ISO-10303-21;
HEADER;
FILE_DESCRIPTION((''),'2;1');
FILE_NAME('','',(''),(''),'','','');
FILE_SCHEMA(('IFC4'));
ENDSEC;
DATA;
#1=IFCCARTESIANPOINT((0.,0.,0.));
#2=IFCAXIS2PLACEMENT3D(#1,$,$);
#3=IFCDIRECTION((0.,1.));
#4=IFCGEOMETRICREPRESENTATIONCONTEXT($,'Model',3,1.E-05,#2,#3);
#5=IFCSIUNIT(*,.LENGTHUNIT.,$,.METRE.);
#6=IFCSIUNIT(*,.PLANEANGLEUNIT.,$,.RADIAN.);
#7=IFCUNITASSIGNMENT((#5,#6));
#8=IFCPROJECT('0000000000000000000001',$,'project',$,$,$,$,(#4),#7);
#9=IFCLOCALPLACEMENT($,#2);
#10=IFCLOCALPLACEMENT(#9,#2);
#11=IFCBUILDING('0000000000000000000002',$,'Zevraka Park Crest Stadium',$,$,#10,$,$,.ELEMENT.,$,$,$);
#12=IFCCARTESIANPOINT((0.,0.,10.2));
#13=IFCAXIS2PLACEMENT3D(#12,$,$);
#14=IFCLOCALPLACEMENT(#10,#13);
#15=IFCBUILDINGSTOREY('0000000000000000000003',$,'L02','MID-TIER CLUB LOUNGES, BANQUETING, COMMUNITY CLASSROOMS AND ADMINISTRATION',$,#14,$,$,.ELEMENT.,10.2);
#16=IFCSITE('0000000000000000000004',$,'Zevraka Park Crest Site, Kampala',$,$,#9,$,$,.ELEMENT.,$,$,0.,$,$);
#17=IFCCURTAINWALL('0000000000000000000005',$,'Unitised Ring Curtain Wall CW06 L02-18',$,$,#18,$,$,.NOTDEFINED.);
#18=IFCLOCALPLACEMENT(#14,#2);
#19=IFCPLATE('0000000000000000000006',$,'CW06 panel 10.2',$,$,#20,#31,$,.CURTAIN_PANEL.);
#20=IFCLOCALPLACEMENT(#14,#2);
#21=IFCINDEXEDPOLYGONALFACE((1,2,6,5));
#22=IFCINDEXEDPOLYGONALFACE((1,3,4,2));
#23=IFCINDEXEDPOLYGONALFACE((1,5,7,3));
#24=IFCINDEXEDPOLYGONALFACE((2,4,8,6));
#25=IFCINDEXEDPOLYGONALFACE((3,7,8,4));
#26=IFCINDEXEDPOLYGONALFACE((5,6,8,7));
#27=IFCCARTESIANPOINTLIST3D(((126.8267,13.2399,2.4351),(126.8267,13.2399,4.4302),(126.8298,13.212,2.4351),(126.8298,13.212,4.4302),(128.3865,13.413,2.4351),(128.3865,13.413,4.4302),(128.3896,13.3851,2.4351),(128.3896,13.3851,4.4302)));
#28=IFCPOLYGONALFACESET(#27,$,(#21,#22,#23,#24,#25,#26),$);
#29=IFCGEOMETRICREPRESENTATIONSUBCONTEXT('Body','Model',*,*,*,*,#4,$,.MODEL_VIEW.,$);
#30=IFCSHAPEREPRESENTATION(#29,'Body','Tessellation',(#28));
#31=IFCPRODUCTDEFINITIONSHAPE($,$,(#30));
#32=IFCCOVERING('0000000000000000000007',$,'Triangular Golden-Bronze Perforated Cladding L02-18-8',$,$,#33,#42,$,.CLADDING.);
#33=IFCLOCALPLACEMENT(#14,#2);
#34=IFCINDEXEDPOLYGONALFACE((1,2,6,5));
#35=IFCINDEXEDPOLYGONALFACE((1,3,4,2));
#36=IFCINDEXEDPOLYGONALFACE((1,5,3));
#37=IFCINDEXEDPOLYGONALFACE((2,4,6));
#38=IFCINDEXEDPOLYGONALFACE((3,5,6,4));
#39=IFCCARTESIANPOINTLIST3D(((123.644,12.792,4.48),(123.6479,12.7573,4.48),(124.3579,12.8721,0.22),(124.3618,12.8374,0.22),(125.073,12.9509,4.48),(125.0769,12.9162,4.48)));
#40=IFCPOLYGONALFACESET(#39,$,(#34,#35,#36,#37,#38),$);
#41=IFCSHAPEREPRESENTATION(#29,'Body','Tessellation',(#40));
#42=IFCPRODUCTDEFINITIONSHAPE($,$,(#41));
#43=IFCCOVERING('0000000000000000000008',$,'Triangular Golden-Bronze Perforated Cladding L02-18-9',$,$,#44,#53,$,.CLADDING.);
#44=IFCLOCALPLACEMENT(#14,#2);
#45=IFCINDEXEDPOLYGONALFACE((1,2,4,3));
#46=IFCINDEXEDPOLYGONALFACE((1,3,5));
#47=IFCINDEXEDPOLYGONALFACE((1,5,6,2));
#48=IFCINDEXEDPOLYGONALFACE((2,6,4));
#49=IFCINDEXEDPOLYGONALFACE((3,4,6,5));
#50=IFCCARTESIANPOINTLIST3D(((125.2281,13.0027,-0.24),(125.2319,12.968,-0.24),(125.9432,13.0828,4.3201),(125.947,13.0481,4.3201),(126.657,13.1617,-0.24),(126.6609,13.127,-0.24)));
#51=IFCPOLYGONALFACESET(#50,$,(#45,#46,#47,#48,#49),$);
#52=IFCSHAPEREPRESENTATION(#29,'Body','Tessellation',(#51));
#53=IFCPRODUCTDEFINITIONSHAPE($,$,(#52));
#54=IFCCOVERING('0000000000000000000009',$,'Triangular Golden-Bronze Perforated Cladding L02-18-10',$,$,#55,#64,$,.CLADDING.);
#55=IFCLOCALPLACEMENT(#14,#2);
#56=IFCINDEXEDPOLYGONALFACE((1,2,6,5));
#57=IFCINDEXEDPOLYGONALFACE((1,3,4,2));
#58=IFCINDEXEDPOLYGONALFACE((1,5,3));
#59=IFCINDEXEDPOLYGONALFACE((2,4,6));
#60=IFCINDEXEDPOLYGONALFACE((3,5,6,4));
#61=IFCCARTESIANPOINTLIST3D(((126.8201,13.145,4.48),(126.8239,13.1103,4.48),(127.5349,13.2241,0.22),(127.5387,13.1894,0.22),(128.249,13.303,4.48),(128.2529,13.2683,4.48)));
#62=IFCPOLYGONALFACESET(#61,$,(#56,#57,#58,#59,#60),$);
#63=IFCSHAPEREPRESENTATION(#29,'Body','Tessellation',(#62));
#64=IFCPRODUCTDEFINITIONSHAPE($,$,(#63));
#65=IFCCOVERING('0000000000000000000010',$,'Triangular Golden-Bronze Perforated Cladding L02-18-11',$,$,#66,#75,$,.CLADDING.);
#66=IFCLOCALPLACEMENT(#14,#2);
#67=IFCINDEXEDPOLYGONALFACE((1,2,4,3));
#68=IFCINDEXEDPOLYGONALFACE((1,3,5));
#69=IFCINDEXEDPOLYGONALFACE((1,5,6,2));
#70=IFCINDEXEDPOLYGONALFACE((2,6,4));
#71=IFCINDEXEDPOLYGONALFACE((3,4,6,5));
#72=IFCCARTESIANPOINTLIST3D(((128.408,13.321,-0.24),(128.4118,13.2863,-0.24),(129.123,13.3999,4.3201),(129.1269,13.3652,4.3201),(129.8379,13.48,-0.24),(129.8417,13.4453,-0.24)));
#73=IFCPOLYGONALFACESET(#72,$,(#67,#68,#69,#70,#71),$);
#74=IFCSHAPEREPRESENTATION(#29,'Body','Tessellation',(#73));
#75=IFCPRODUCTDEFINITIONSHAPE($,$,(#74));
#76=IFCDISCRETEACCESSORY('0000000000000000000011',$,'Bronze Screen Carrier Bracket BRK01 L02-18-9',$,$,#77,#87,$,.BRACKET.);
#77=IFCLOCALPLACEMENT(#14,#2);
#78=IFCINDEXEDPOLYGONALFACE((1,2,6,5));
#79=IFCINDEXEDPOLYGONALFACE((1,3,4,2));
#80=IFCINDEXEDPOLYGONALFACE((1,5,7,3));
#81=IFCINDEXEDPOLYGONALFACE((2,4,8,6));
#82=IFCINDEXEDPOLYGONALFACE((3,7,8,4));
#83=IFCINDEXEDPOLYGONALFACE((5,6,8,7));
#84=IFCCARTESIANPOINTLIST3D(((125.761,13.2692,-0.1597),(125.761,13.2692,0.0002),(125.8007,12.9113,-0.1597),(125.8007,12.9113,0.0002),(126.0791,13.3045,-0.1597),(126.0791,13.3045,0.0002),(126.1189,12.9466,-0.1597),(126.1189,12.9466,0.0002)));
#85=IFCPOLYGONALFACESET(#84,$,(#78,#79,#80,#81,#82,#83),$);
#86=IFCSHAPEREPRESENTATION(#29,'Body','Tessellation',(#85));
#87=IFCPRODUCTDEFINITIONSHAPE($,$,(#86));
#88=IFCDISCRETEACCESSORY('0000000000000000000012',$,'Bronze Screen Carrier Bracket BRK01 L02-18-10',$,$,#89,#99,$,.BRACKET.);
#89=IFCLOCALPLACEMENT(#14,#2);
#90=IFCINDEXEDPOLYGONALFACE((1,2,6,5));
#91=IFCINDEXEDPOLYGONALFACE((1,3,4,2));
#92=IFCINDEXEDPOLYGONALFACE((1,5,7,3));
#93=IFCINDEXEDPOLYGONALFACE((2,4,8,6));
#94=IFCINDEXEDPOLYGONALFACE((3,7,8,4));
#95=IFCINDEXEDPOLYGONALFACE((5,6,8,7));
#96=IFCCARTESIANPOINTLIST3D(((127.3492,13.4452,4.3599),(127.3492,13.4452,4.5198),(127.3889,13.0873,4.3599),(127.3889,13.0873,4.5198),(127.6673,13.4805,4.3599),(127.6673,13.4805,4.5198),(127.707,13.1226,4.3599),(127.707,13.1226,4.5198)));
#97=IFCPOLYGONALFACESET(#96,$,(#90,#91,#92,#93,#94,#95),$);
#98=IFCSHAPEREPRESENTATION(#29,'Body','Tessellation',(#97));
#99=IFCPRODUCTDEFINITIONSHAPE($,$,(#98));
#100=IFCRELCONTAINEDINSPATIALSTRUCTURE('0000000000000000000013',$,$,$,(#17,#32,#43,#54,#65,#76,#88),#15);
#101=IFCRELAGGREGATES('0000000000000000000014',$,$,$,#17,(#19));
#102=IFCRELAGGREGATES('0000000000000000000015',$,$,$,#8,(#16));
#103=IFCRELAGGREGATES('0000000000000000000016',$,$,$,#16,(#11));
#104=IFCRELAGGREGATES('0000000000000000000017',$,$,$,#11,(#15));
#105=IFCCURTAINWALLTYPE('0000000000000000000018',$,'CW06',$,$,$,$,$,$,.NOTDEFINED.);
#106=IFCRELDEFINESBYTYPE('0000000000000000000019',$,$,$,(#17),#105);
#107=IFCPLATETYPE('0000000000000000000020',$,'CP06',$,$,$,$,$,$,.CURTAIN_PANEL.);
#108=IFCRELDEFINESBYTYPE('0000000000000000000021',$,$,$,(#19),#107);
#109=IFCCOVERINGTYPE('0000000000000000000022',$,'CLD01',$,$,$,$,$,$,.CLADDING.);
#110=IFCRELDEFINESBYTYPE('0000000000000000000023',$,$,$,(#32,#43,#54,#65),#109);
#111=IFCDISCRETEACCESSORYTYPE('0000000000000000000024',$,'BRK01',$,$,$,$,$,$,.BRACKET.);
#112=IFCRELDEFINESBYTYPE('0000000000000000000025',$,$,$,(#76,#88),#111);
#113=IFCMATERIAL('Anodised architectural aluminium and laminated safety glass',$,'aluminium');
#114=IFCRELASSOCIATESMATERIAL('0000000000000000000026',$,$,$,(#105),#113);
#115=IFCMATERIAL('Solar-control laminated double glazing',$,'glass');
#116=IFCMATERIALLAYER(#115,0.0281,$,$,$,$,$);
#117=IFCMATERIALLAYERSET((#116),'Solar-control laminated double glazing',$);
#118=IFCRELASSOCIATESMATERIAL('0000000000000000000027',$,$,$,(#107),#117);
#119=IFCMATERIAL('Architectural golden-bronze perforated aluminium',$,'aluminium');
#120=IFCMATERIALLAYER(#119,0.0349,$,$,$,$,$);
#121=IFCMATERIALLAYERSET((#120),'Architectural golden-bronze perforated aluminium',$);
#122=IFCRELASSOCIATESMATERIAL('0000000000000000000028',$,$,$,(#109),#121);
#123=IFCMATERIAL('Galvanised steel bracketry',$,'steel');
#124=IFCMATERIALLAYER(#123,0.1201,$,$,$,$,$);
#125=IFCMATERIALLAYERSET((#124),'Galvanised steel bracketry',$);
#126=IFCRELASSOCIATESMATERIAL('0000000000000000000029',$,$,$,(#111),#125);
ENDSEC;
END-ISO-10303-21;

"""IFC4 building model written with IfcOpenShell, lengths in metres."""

from ifc_helpers import new_model, si_unit, direction, frame, origin, origin_2d, place, context, subcontext, project, spatial, polyline, rectangle, outline, extrude, material, layer, layer_set, type_object, element, aggregate, save


model = new_model("IFC4")

# Units and contexts
model_context = context("Model", 3, precision=1e-05, world=origin(), true_north=direction((0.0, 1.0)))
body_context = subcontext(model_context, "Body", "Model", "MODEL_VIEW")
ifc_project = project(units=[si_unit("LENGTHUNIT", "METRE"), si_unit("PLANEANGLEUNIT", "RADIAN")], contexts=[model_context])

# Site, building, storey
site_placement = place(None, origin())
site = spatial("IfcSite", under=ifc_project, at=site_placement, Name="Zevraka Park Crest Site, Kampala", CompositionType="ELEMENT", RefElevation=0.0)
building_placement = place(site_placement, origin())
building = spatial("IfcBuilding", under=site, at=building_placement, Name="Zevraka Park Crest Stadium", CompositionType="ELEMENT")
storey_placement = place(building_placement, frame((0.0, 0.0, 10.2)))
storey = spatial("IfcBuildingStorey", under=building, at=storey_placement, Name="L02", Description="MID-TIER CLUB LOUNGES, BANQUETING, COMMUNITY CLASSROOMS AND ADMINISTRATION", CompositionType="ELEMENT", Elevation=10.2)

# Curtain wall, plate
ifc_material_1 = material(Name="Anodised architectural aluminium and laminated safety glass", Category="aluminium")
curtain_wall_type = type_object("IfcCurtainWallType", Name="CW06", PredefinedType="NOTDEFINED", material=ifc_material_1)
curtain_wall_placement = place(storey_placement, origin())
curtain_wall = element("IfcCurtainWall", 1, at=curtain_wall_placement, inside=storey, type_object=curtain_wall_type, Name="Unitised Ring Curtain Wall CW06 L02-18", PredefinedType="NOTDEFINED")
ifc_material_2 = material(Name="Solar-control laminated double glazing", Category="glass")
ifc_layer_1 = layer(ifc_material_2, 0.0281)
ifc_layer_set_1 = layer_set([ifc_layer_1], Name="Solar-control laminated double glazing")
plate_type = type_object("IfcPlateType", Name="CP06", PredefinedType="CURTAIN_PANEL", material=ifc_layer_set_1)
plate_1_placement = place(storey_placement, frame((127.6082, 13.3125, 2.4351), z_axis=(0.0, 0.0, 1.0), x_axis=(0.993899, 0.110293, 0.0)))
plate_1 = element("IfcPlate", 2, at=plate_1_placement, type_object=plate_type, Name="CW06 panel 10.2", PredefinedType="CURTAIN_PANEL", context=body_context, shape_type="SweptSolid", body=[
    extrude(rectangle(XDim=1.5693, YDim=0.0281, at=origin_2d()), origin(), (0.0, 0.0, 1.0), 1.9951),
])
aggregate(curtain_wall, [plate_1])

# Coverings
ifc_material_3 = material(Name="Architectural golden-bronze perforated aluminium", Category="aluminium")
ifc_layer_2 = layer(ifc_material_3, 0.0349)
ifc_layer_set_2 = layer_set([ifc_layer_2], Name="Architectural golden-bronze perforated aluminium")
covering_type = type_object("IfcCoveringType", Name="CLD01", PredefinedType="CLADDING", material=ifc_layer_set_2)
covering_1_placement = place(storey_placement, frame((125.073, 12.9509, 4.48), z_axis=(-0.110543, 0.993871, 0.000158), x_axis=(-0.993871, -0.110543, 0.0)))
element("IfcCovering", 3, at=covering_1_placement, inside=storey, type_object=covering_type, Name="Triangular Golden-Bronze Perforated Cladding L02-18-8", PredefinedType="CLADDING", context=body_context, shape_type="SweptSolid", body=[
    extrude(outline(polyline([(0.0, 0.0), (1.4378, 0.0), (0.7194, -4.26), (0.0, 0.0)])), origin(), (0.0, 0.0, -1.0), 0.0349),
])
covering_2_placement = place(storey_placement, frame((125.2319, 12.968, -0.24), z_axis=(0.110543, -0.993871, 0.000118), x_axis=(0.993871, 0.110543, 0.0)))
element("IfcCovering", 4, at=covering_2_placement, inside=storey, type_object=covering_type, Name="Triangular Golden-Bronze Perforated Cladding L02-18-9", PredefinedType="CLADDING", context=body_context, shape_type="SweptSolid", body=[
    extrude(outline(polyline([(0.0, 0.0), (1.4378, 0.0), (0.7196, 4.5601), (0.0, 0.0)])), origin(), (0.0, 0.0, -1.0), 0.0349),
])
covering_3_placement = place(storey_placement, frame((128.249, 13.303, 4.48), z_axis=(-0.109872, 0.993946, 0.000019), x_axis=(-0.993946, -0.109872, 0.0)))
element("IfcCovering", 5, at=covering_3_placement, inside=storey, type_object=covering_type, Name="Triangular Golden-Bronze Perforated Cladding L02-18-10", PredefinedType="CLADDING", context=body_context, shape_type="SweptSolid", body=[
    extrude(outline(polyline([(0.0, 0.0), (1.4377, 0.0), (0.7185, -4.26), (0.0, 0.0)])), origin(), (0.0, 0.0, -1.0), 0.0349),
])
covering_4_placement = place(storey_placement, frame((128.408, 13.321, -0.24), z_axis=(-0.110469, 0.99388, 0.000136), x_axis=(0.99388, 0.110469, 0.0)))
element("IfcCovering", 6, at=covering_4_placement, inside=storey, type_object=covering_type, Name="Triangular Golden-Bronze Perforated Cladding L02-18-11", PredefinedType="CLADDING", context=body_context, shape_type="SweptSolid", body=[
    extrude(outline(polyline([(0.0, 0.0), (1.4387, 0.0), (0.7194, -4.5601), (0.0, 0.0)])), origin(), (0.0, 0.0, -1.0), 0.0349),
])

# Discrete accessories
ifc_material_4 = material(Name="Galvanised steel bracketry", Category="steel")
ifc_layer_3 = layer(ifc_material_4, 0.1201)
ifc_layer_set_3 = layer_set([ifc_layer_3], Name="Galvanised steel bracketry")
discrete_accessory_type = type_object("IfcDiscreteAccessoryType", Name="BRK01", PredefinedType="BRACKET", material=ifc_layer_set_3)
for number, where, z_axis, x_axis, name in (
    (7, (125.9399, 13.1079, -0.1597), (0.0, 0.0, 1.0), (0.993903, 0.110255, 0.0), "Bronze Screen Carrier Bracket BRK01 L02-18-9"),
    (8, (127.5281, 13.2839, 4.3599), (0.0, 0.0, 1.0), (0.993903, 0.110255, 0.0), "Bronze Screen Carrier Bracket BRK01 L02-18-10"),
):
    element("IfcDiscreteAccessory", number, at=place(storey_placement, frame(where, z_axis=z_axis, x_axis=x_axis)), inside=storey, type_object=discrete_accessory_type, Name=name, PredefinedType="BRACKET", context=body_context, shape_type="SweptSolid", body=[
        extrude(rectangle(XDim=0.3201, YDim=0.3601, at=origin_2d()), origin(), (0.0, 0.0, 1.0), 0.1599),
    ])

save(model, "model.ifc")
